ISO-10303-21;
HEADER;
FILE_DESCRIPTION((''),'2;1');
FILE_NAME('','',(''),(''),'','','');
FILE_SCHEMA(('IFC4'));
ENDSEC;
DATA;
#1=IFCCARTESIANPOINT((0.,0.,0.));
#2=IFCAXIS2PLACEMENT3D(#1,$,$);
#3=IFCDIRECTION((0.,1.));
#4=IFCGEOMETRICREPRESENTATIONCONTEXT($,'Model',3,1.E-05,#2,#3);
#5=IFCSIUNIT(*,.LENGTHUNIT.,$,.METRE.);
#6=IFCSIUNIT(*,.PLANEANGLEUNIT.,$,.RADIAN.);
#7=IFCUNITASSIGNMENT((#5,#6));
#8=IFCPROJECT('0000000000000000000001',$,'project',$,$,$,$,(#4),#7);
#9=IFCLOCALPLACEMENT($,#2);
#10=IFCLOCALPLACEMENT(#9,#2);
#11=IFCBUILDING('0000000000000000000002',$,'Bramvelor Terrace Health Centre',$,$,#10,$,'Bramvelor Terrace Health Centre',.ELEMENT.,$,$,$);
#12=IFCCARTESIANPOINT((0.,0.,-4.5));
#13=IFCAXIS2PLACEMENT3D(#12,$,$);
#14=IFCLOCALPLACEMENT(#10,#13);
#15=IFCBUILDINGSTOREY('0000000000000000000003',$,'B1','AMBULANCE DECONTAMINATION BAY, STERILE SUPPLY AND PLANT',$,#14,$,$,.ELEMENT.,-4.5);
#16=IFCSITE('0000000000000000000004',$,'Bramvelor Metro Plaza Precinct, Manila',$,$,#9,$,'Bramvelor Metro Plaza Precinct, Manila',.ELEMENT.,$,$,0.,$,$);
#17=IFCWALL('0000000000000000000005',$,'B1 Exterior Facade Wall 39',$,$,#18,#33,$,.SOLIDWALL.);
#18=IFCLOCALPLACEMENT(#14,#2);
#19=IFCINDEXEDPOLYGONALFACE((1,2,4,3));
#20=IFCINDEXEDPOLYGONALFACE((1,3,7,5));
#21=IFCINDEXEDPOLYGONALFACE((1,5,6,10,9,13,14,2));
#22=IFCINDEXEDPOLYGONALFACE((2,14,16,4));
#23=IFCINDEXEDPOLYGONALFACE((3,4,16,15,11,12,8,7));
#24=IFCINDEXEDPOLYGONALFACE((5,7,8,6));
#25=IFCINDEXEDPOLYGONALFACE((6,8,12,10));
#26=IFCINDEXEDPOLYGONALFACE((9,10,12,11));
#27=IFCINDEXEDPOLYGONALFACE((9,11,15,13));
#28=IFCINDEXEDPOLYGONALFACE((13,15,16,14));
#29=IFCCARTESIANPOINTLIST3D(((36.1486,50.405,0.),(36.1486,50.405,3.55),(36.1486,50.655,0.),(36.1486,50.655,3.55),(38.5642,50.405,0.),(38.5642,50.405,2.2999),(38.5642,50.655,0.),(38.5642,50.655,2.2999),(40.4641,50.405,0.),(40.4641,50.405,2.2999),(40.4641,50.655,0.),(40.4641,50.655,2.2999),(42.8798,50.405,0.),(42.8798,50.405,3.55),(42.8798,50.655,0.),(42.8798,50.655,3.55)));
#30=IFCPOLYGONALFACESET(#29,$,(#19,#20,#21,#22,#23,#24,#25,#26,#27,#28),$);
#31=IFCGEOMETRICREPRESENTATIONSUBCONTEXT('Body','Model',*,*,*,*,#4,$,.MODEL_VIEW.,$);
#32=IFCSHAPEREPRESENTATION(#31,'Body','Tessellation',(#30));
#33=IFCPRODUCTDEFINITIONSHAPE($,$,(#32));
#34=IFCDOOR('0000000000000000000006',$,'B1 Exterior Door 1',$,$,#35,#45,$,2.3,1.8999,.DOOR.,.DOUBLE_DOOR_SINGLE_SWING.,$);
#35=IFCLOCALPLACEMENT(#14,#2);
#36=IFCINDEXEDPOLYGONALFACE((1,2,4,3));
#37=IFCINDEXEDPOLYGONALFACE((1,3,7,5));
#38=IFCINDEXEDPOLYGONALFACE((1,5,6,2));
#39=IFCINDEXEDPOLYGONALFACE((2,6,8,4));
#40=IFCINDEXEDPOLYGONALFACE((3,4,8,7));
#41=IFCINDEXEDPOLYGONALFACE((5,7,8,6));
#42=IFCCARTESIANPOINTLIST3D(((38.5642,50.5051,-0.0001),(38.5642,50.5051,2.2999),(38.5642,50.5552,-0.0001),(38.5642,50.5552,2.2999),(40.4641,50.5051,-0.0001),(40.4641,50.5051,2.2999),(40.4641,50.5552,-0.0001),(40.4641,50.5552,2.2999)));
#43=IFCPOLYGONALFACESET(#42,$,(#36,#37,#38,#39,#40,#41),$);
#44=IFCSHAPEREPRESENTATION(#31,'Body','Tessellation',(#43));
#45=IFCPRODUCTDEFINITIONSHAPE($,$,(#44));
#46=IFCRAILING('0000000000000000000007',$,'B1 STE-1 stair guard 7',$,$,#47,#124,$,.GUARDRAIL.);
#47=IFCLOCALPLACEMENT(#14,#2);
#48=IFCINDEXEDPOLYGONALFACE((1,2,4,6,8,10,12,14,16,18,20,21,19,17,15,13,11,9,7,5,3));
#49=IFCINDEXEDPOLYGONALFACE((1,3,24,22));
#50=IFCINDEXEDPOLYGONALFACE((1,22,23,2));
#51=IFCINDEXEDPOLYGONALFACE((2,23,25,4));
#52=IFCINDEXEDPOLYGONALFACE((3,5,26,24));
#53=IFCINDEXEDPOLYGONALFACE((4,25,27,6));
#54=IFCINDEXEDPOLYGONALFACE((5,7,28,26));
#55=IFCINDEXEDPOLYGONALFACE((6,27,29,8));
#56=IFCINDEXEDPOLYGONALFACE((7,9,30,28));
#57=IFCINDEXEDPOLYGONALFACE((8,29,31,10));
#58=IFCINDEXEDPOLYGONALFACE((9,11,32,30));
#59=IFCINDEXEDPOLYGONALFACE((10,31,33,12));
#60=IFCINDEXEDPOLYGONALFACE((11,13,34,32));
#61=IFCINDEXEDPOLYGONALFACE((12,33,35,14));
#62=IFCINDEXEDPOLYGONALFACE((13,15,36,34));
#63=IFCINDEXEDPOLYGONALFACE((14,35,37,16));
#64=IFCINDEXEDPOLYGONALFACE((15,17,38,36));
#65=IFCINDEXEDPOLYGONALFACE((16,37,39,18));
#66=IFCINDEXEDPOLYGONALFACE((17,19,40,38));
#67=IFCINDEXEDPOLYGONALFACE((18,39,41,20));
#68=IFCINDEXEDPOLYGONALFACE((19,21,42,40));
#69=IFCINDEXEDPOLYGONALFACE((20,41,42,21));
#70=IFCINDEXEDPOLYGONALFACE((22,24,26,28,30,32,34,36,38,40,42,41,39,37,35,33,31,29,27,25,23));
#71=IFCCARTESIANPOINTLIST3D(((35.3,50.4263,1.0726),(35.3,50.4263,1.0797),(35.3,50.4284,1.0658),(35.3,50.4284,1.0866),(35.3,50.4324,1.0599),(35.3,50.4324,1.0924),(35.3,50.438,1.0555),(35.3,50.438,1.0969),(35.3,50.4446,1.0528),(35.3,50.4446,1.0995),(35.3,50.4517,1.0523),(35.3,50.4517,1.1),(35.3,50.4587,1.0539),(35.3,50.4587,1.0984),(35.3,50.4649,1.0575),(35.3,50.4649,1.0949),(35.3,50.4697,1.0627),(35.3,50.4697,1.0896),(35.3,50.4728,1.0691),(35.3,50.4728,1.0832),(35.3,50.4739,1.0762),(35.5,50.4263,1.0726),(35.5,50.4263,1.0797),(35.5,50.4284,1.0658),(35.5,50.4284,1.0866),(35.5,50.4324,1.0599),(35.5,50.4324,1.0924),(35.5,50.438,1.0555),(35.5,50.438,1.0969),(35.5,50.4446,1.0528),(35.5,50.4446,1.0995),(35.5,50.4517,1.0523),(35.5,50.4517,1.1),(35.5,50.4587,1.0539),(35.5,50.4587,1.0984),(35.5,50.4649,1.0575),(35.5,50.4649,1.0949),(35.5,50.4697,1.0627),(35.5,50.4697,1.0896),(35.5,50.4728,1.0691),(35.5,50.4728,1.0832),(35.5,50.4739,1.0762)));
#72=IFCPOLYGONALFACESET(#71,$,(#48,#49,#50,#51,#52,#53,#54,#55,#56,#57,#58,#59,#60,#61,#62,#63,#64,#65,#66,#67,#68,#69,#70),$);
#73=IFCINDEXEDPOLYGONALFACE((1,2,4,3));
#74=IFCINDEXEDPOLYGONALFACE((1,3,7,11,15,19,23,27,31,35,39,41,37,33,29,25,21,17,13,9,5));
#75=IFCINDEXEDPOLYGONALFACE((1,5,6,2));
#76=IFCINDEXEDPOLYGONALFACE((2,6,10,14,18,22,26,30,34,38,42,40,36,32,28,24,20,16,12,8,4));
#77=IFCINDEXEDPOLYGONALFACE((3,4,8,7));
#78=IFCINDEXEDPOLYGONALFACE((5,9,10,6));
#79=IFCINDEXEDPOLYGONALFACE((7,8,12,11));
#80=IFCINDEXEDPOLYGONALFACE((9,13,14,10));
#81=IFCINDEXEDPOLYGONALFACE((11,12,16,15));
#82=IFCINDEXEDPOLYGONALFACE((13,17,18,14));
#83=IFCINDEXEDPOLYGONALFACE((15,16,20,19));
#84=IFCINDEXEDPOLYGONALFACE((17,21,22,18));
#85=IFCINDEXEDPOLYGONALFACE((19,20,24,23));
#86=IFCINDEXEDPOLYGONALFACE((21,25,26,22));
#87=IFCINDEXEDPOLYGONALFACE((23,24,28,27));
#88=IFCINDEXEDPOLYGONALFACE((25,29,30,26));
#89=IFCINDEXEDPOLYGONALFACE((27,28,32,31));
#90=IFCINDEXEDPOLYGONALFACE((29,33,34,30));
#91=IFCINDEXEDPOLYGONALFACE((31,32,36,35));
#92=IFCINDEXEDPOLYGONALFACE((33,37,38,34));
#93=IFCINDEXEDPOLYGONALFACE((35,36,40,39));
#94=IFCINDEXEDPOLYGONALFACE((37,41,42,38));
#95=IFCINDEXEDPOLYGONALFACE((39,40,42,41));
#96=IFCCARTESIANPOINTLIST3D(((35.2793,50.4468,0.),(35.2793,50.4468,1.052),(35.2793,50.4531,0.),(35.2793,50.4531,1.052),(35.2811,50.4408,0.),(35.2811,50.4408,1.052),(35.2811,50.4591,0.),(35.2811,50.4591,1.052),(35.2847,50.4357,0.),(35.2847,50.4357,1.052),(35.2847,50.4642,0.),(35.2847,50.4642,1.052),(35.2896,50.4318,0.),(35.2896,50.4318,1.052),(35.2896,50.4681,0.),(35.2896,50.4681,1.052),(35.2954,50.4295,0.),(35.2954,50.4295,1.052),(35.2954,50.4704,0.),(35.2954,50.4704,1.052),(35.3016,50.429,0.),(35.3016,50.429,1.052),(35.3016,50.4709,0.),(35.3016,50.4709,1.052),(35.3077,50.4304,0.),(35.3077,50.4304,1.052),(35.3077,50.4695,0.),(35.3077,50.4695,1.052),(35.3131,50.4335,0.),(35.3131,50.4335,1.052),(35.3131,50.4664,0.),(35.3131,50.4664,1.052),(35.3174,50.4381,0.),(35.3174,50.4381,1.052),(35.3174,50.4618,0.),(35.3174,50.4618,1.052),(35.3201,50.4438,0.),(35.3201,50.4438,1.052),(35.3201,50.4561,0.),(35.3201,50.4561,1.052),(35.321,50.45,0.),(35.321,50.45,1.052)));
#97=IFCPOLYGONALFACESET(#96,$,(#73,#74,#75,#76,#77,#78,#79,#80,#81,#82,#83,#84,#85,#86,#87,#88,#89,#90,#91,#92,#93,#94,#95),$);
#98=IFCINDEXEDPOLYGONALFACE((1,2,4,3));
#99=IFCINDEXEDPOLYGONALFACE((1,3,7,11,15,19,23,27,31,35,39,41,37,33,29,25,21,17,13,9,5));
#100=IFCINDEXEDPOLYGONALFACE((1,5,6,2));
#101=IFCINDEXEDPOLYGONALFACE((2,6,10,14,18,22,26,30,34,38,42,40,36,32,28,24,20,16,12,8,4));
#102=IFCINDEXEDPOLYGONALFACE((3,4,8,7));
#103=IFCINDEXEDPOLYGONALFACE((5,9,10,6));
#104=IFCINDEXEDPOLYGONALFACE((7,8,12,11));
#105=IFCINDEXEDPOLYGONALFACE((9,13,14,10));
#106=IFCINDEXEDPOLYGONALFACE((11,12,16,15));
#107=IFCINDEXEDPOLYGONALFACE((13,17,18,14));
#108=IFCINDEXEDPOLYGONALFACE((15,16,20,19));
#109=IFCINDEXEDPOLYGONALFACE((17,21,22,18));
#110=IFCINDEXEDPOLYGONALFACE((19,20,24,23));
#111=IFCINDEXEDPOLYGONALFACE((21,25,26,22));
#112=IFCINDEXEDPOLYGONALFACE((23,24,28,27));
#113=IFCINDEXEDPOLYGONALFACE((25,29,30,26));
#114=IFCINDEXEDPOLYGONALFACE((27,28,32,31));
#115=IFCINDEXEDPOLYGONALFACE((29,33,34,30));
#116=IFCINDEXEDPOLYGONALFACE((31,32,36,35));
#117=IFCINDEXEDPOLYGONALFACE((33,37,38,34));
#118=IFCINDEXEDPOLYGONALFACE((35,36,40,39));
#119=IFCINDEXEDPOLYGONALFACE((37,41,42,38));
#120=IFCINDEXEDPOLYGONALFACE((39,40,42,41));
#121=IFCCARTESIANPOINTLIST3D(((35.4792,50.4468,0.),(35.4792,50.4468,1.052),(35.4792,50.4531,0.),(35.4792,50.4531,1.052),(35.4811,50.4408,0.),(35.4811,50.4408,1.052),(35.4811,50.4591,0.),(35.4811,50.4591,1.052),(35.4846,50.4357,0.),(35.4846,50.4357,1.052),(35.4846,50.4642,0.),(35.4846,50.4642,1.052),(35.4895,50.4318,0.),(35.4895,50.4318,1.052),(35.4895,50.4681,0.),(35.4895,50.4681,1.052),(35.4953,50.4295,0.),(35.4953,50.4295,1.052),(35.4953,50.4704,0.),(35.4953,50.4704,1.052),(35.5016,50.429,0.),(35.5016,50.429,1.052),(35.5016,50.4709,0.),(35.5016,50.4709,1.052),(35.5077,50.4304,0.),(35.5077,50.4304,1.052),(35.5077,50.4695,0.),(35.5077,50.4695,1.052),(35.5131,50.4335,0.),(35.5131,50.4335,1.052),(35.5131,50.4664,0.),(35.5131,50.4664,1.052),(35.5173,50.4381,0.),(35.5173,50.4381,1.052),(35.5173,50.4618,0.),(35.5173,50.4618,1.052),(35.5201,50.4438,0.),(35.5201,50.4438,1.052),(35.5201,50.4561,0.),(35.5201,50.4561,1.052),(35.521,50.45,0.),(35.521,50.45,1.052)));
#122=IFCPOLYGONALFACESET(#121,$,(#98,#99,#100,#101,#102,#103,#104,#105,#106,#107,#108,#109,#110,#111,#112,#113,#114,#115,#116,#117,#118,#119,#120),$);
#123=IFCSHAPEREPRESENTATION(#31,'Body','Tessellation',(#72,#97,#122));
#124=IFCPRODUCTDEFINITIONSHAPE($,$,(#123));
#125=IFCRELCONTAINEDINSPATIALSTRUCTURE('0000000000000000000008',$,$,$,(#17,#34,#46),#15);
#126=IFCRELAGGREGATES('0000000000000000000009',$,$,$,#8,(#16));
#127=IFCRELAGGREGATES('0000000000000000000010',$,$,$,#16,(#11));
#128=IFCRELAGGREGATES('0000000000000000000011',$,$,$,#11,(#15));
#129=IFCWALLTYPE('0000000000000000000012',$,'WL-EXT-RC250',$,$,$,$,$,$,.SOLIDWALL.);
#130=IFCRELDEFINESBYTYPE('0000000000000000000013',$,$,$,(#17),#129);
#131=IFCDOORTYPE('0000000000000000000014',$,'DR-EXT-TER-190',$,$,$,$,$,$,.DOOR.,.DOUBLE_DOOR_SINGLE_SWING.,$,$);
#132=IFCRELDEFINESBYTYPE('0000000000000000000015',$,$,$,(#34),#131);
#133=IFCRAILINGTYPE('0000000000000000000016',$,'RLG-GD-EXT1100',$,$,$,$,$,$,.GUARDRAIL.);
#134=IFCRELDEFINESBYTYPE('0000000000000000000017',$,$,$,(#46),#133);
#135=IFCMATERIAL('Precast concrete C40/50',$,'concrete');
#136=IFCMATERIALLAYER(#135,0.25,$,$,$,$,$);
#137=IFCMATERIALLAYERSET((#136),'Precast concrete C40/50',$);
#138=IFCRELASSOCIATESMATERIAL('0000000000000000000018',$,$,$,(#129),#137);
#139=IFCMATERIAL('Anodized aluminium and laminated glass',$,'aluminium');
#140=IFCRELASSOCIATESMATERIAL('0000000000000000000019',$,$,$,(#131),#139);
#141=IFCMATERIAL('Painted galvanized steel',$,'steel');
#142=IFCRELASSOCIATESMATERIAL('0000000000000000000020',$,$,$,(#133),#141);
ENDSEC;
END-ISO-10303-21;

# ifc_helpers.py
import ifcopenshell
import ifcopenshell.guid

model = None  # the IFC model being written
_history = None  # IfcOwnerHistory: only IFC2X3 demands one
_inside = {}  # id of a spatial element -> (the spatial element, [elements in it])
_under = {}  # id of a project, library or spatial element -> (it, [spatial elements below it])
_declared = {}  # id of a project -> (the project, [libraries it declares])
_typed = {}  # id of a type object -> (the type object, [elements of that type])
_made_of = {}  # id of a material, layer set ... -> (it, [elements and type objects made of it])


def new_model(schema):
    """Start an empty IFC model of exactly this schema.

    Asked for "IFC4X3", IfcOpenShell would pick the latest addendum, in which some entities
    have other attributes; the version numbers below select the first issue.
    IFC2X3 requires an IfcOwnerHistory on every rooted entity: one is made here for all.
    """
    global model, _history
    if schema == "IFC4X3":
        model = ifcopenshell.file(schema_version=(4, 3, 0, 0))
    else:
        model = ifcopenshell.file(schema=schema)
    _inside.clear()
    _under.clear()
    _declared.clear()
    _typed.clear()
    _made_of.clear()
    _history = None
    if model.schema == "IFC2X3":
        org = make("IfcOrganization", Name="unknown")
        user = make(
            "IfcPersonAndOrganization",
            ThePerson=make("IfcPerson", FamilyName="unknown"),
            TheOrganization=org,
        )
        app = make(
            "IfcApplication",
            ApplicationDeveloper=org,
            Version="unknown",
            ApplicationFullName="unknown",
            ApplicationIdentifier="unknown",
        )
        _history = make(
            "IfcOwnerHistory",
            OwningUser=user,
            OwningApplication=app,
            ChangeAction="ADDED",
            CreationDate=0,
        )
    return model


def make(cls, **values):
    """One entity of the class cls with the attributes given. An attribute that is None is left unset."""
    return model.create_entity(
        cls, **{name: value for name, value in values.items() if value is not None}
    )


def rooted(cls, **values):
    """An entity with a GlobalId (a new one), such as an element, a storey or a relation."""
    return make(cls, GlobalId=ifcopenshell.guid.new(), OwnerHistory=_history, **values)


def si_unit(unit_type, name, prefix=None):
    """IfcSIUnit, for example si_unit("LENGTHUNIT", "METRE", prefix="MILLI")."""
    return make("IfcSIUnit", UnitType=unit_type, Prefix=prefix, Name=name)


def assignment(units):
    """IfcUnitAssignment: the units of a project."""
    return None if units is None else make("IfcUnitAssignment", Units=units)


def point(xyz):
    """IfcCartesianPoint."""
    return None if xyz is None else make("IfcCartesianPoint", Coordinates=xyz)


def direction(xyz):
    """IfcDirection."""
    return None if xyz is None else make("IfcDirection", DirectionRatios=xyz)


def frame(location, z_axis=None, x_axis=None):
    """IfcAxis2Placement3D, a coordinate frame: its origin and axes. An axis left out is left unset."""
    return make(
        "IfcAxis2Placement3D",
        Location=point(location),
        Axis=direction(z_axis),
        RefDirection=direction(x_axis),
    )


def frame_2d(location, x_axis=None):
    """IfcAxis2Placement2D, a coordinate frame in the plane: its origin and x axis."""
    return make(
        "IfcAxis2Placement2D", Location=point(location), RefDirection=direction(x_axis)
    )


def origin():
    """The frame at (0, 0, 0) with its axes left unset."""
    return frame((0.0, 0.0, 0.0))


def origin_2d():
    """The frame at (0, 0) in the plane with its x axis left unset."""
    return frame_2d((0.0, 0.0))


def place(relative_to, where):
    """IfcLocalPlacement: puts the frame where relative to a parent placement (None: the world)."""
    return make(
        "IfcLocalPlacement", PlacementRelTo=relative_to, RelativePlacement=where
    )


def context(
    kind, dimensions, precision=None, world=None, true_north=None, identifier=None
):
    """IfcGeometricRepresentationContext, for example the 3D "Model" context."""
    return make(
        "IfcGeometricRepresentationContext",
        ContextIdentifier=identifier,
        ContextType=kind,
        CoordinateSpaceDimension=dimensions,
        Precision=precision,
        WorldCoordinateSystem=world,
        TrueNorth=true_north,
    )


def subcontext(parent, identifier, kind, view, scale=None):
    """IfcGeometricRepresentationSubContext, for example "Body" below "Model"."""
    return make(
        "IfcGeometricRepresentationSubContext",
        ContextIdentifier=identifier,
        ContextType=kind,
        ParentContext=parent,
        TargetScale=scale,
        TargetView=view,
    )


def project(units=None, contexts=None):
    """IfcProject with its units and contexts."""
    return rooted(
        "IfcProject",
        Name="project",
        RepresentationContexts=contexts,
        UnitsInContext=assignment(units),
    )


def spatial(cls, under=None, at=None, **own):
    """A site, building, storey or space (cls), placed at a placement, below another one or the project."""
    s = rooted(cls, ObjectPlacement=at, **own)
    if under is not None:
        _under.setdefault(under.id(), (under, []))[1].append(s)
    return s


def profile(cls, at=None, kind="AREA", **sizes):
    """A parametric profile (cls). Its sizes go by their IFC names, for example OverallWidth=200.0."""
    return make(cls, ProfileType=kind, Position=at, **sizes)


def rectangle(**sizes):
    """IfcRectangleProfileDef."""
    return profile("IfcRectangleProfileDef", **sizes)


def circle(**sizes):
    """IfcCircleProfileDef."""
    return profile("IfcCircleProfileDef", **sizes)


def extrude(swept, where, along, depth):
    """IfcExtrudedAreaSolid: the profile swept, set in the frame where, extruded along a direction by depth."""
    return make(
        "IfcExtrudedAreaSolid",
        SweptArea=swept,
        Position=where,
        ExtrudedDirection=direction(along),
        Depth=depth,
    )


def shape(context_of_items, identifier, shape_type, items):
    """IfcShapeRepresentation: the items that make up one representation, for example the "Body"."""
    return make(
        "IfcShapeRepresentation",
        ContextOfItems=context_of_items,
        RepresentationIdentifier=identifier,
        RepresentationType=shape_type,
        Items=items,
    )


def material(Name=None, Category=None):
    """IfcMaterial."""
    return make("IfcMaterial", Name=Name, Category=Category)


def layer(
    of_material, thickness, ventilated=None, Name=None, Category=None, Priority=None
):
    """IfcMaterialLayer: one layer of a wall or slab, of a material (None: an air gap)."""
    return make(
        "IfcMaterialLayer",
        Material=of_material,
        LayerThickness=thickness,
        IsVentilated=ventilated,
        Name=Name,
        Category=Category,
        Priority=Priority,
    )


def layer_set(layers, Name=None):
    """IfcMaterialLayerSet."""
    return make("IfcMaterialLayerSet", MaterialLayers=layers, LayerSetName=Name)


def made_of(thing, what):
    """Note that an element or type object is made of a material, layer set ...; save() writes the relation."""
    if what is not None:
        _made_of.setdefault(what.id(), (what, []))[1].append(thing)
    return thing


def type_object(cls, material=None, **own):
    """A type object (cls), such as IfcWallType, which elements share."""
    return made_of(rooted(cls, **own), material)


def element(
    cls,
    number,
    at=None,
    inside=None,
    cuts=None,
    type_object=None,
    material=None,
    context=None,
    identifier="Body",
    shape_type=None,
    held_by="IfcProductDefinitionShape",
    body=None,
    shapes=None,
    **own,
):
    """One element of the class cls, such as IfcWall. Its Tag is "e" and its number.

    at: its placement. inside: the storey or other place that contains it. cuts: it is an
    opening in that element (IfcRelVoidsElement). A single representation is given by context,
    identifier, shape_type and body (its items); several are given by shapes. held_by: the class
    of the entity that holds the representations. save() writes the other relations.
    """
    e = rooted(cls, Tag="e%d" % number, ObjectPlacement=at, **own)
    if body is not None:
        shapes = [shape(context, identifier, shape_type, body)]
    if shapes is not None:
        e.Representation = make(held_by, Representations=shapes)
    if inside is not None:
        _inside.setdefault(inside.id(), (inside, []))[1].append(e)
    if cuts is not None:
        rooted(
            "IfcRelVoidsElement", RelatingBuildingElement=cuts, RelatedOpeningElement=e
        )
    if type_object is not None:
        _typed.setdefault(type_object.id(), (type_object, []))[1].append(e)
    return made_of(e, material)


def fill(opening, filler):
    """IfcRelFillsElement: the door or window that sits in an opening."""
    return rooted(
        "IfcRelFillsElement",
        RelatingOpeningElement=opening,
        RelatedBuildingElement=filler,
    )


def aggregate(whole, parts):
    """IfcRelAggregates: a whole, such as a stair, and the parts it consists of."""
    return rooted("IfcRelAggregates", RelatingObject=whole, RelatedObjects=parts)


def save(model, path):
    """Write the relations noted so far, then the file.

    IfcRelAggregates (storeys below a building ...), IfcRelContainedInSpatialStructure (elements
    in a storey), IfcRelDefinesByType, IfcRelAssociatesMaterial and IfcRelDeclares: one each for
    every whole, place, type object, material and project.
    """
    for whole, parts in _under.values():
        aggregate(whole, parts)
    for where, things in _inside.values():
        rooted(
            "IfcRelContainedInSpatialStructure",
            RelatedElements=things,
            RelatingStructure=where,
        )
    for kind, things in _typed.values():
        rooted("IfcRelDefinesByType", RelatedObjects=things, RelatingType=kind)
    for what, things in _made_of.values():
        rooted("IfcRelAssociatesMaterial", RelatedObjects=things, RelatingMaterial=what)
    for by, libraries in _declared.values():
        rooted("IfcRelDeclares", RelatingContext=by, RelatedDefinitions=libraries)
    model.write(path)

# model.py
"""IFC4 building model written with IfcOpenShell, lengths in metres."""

from ifc_helpers import new_model, si_unit, direction, frame, frame_2d, origin, origin_2d, place, context, subcontext, project, spatial, rectangle, circle, extrude, material, layer, layer_set, type_object, element, fill, save


model = new_model("IFC4")

# Units and contexts
model_context = context("Model", 3, precision=1e-05, world=origin(), true_north=direction((0.0, 1.0)))
body_context = subcontext(model_context, "Body", "Model", "MODEL_VIEW")
ifc_project = project(units=[si_unit("LENGTHUNIT", "METRE"), si_unit("PLANEANGLEUNIT", "RADIAN")], contexts=[model_context])

# Site, building, storey
site_placement = place(None, origin())
site = spatial("IfcSite", under=ifc_project, at=site_placement, Name="Bramvelor Metro Plaza Precinct, Manila", LongName="Bramvelor Metro Plaza Precinct, Manila", CompositionType="ELEMENT", RefElevation=0.0)
building_placement = place(site_placement, origin())
building = spatial("IfcBuilding", under=site, at=building_placement, Name="Bramvelor Terrace Health Centre", LongName="Bramvelor Terrace Health Centre", CompositionType="ELEMENT")
storey_placement = place(building_placement, frame((0.0, 0.0, -4.5)))
storey = spatial("IfcBuildingStorey", under=building, at=storey_placement, Name="B1", Description="AMBULANCE DECONTAMINATION BAY, STERILE SUPPLY AND PLANT", CompositionType="ELEMENT", Elevation=-4.5)

# Wall, opening, door
ifc_material_1 = material(Name="Precast concrete C40/50", Category="concrete")
ifc_layer_1 = layer(ifc_material_1, 0.25)
ifc_layer_set_1 = layer_set([ifc_layer_1], Name="Precast concrete C40/50")
wall_type = type_object("IfcWallType", Name="WL-EXT-RC250", PredefinedType="SOLIDWALL", material=ifc_layer_set_1)
wall_placement = place(storey_placement, frame((42.8799, 50.53, 0.0), z_axis=(0.0, 0.0, 1.0), x_axis=(-1.0, 0.0, 0.0)))
wall = element("IfcWall", 1, at=wall_placement, inside=storey, type_object=wall_type, Name="B1 Exterior Facade Wall 39", PredefinedType="SOLIDWALL", context=body_context, shape_type="SweptSolid", body=[
    extrude(rectangle(XDim=6.7312, YDim=0.25, at=frame_2d((3.3657, 0.0))), origin(), (0.0, 0.0, 1.0), 3.55),
])
opening_placement = place(wall_placement, frame((2.4158, 0.0, 0.0)))
opening = element("IfcOpeningElement", 2, at=opening_placement, cuts=wall, PredefinedType="OPENING", context=body_context, shape_type="SweptSolid", body=[
    extrude(rectangle(XDim=1.8999, YDim=2.3, at=frame_2d((0.95, 1.1499))), frame((0.0, 0.135, 0.0), z_axis=(0.0, -1.0, 0.0), x_axis=(1.0, 0.0, 0.0)), (0.0, 0.0, 1.0), 0.27),
])
ifc_material_2 = material(Name="Anodized aluminium and laminated glass", Category="aluminium")
door_type = type_object("IfcDoorType", Name="DR-EXT-TER-190", OperationType="DOUBLE_DOOR_SINGLE_SWING", PredefinedType="DOOR", material=ifc_material_2)
door_placement = place(opening_placement, origin())
door = element("IfcDoor", 3, at=door_placement, inside=storey, type_object=door_type, Name="B1 Exterior Door 1", OperationType="DOUBLE_DOOR_SINGLE_SWING", OverallHeight=2.3, OverallWidth=1.8999, PredefinedType="DOOR", context=body_context, shape_type="SweptSolid", body=[
    extrude(rectangle(XDim=1.8999, YDim=2.3, at=frame_2d((0.95, 1.1499))), frame((0.0, 0.0249, 0.0), z_axis=(0.0, -1.0, 0.0), x_axis=(1.0, 0.0, 0.0)), (0.0, 0.0, 1.0), 0.05),
])
fill(opening, door)

# Railing
ifc_material_3 = material(Name="Painted galvanized steel", Category="steel")
railing_type = type_object("IfcRailingType", Name="RLG-GD-EXT1100", PredefinedType="GUARDRAIL", material=ifc_material_3)
railing_placement = place(storey_placement, frame((35.3, 50.45, 0.0)))
element("IfcRailing", 4, at=railing_placement, inside=storey, type_object=railing_type, Name="B1 STE-1 stair guard 7", PredefinedType="GUARDRAIL", context=body_context, shape_type="SweptSolid", body=[
    extrude(circle(Radius=0.0239, at=origin_2d()), frame((0.0, 0.0, 1.0762), z_axis=(1.0, 0.0, 0.0), x_axis=(0.0, 1.0, 0.0)), (0.0, 0.0, 1.0), 0.2),
    extrude(circle(Radius=0.021, at=origin_2d()), origin(), (0.0, 0.0, 1.0), 1.052),
    extrude(circle(Radius=0.021, at=origin_2d()), frame((0.2, 0.0, 0.0)), (0.0, 0.0, 1.0), 1.052),
])

save(model, "model.ifc")
